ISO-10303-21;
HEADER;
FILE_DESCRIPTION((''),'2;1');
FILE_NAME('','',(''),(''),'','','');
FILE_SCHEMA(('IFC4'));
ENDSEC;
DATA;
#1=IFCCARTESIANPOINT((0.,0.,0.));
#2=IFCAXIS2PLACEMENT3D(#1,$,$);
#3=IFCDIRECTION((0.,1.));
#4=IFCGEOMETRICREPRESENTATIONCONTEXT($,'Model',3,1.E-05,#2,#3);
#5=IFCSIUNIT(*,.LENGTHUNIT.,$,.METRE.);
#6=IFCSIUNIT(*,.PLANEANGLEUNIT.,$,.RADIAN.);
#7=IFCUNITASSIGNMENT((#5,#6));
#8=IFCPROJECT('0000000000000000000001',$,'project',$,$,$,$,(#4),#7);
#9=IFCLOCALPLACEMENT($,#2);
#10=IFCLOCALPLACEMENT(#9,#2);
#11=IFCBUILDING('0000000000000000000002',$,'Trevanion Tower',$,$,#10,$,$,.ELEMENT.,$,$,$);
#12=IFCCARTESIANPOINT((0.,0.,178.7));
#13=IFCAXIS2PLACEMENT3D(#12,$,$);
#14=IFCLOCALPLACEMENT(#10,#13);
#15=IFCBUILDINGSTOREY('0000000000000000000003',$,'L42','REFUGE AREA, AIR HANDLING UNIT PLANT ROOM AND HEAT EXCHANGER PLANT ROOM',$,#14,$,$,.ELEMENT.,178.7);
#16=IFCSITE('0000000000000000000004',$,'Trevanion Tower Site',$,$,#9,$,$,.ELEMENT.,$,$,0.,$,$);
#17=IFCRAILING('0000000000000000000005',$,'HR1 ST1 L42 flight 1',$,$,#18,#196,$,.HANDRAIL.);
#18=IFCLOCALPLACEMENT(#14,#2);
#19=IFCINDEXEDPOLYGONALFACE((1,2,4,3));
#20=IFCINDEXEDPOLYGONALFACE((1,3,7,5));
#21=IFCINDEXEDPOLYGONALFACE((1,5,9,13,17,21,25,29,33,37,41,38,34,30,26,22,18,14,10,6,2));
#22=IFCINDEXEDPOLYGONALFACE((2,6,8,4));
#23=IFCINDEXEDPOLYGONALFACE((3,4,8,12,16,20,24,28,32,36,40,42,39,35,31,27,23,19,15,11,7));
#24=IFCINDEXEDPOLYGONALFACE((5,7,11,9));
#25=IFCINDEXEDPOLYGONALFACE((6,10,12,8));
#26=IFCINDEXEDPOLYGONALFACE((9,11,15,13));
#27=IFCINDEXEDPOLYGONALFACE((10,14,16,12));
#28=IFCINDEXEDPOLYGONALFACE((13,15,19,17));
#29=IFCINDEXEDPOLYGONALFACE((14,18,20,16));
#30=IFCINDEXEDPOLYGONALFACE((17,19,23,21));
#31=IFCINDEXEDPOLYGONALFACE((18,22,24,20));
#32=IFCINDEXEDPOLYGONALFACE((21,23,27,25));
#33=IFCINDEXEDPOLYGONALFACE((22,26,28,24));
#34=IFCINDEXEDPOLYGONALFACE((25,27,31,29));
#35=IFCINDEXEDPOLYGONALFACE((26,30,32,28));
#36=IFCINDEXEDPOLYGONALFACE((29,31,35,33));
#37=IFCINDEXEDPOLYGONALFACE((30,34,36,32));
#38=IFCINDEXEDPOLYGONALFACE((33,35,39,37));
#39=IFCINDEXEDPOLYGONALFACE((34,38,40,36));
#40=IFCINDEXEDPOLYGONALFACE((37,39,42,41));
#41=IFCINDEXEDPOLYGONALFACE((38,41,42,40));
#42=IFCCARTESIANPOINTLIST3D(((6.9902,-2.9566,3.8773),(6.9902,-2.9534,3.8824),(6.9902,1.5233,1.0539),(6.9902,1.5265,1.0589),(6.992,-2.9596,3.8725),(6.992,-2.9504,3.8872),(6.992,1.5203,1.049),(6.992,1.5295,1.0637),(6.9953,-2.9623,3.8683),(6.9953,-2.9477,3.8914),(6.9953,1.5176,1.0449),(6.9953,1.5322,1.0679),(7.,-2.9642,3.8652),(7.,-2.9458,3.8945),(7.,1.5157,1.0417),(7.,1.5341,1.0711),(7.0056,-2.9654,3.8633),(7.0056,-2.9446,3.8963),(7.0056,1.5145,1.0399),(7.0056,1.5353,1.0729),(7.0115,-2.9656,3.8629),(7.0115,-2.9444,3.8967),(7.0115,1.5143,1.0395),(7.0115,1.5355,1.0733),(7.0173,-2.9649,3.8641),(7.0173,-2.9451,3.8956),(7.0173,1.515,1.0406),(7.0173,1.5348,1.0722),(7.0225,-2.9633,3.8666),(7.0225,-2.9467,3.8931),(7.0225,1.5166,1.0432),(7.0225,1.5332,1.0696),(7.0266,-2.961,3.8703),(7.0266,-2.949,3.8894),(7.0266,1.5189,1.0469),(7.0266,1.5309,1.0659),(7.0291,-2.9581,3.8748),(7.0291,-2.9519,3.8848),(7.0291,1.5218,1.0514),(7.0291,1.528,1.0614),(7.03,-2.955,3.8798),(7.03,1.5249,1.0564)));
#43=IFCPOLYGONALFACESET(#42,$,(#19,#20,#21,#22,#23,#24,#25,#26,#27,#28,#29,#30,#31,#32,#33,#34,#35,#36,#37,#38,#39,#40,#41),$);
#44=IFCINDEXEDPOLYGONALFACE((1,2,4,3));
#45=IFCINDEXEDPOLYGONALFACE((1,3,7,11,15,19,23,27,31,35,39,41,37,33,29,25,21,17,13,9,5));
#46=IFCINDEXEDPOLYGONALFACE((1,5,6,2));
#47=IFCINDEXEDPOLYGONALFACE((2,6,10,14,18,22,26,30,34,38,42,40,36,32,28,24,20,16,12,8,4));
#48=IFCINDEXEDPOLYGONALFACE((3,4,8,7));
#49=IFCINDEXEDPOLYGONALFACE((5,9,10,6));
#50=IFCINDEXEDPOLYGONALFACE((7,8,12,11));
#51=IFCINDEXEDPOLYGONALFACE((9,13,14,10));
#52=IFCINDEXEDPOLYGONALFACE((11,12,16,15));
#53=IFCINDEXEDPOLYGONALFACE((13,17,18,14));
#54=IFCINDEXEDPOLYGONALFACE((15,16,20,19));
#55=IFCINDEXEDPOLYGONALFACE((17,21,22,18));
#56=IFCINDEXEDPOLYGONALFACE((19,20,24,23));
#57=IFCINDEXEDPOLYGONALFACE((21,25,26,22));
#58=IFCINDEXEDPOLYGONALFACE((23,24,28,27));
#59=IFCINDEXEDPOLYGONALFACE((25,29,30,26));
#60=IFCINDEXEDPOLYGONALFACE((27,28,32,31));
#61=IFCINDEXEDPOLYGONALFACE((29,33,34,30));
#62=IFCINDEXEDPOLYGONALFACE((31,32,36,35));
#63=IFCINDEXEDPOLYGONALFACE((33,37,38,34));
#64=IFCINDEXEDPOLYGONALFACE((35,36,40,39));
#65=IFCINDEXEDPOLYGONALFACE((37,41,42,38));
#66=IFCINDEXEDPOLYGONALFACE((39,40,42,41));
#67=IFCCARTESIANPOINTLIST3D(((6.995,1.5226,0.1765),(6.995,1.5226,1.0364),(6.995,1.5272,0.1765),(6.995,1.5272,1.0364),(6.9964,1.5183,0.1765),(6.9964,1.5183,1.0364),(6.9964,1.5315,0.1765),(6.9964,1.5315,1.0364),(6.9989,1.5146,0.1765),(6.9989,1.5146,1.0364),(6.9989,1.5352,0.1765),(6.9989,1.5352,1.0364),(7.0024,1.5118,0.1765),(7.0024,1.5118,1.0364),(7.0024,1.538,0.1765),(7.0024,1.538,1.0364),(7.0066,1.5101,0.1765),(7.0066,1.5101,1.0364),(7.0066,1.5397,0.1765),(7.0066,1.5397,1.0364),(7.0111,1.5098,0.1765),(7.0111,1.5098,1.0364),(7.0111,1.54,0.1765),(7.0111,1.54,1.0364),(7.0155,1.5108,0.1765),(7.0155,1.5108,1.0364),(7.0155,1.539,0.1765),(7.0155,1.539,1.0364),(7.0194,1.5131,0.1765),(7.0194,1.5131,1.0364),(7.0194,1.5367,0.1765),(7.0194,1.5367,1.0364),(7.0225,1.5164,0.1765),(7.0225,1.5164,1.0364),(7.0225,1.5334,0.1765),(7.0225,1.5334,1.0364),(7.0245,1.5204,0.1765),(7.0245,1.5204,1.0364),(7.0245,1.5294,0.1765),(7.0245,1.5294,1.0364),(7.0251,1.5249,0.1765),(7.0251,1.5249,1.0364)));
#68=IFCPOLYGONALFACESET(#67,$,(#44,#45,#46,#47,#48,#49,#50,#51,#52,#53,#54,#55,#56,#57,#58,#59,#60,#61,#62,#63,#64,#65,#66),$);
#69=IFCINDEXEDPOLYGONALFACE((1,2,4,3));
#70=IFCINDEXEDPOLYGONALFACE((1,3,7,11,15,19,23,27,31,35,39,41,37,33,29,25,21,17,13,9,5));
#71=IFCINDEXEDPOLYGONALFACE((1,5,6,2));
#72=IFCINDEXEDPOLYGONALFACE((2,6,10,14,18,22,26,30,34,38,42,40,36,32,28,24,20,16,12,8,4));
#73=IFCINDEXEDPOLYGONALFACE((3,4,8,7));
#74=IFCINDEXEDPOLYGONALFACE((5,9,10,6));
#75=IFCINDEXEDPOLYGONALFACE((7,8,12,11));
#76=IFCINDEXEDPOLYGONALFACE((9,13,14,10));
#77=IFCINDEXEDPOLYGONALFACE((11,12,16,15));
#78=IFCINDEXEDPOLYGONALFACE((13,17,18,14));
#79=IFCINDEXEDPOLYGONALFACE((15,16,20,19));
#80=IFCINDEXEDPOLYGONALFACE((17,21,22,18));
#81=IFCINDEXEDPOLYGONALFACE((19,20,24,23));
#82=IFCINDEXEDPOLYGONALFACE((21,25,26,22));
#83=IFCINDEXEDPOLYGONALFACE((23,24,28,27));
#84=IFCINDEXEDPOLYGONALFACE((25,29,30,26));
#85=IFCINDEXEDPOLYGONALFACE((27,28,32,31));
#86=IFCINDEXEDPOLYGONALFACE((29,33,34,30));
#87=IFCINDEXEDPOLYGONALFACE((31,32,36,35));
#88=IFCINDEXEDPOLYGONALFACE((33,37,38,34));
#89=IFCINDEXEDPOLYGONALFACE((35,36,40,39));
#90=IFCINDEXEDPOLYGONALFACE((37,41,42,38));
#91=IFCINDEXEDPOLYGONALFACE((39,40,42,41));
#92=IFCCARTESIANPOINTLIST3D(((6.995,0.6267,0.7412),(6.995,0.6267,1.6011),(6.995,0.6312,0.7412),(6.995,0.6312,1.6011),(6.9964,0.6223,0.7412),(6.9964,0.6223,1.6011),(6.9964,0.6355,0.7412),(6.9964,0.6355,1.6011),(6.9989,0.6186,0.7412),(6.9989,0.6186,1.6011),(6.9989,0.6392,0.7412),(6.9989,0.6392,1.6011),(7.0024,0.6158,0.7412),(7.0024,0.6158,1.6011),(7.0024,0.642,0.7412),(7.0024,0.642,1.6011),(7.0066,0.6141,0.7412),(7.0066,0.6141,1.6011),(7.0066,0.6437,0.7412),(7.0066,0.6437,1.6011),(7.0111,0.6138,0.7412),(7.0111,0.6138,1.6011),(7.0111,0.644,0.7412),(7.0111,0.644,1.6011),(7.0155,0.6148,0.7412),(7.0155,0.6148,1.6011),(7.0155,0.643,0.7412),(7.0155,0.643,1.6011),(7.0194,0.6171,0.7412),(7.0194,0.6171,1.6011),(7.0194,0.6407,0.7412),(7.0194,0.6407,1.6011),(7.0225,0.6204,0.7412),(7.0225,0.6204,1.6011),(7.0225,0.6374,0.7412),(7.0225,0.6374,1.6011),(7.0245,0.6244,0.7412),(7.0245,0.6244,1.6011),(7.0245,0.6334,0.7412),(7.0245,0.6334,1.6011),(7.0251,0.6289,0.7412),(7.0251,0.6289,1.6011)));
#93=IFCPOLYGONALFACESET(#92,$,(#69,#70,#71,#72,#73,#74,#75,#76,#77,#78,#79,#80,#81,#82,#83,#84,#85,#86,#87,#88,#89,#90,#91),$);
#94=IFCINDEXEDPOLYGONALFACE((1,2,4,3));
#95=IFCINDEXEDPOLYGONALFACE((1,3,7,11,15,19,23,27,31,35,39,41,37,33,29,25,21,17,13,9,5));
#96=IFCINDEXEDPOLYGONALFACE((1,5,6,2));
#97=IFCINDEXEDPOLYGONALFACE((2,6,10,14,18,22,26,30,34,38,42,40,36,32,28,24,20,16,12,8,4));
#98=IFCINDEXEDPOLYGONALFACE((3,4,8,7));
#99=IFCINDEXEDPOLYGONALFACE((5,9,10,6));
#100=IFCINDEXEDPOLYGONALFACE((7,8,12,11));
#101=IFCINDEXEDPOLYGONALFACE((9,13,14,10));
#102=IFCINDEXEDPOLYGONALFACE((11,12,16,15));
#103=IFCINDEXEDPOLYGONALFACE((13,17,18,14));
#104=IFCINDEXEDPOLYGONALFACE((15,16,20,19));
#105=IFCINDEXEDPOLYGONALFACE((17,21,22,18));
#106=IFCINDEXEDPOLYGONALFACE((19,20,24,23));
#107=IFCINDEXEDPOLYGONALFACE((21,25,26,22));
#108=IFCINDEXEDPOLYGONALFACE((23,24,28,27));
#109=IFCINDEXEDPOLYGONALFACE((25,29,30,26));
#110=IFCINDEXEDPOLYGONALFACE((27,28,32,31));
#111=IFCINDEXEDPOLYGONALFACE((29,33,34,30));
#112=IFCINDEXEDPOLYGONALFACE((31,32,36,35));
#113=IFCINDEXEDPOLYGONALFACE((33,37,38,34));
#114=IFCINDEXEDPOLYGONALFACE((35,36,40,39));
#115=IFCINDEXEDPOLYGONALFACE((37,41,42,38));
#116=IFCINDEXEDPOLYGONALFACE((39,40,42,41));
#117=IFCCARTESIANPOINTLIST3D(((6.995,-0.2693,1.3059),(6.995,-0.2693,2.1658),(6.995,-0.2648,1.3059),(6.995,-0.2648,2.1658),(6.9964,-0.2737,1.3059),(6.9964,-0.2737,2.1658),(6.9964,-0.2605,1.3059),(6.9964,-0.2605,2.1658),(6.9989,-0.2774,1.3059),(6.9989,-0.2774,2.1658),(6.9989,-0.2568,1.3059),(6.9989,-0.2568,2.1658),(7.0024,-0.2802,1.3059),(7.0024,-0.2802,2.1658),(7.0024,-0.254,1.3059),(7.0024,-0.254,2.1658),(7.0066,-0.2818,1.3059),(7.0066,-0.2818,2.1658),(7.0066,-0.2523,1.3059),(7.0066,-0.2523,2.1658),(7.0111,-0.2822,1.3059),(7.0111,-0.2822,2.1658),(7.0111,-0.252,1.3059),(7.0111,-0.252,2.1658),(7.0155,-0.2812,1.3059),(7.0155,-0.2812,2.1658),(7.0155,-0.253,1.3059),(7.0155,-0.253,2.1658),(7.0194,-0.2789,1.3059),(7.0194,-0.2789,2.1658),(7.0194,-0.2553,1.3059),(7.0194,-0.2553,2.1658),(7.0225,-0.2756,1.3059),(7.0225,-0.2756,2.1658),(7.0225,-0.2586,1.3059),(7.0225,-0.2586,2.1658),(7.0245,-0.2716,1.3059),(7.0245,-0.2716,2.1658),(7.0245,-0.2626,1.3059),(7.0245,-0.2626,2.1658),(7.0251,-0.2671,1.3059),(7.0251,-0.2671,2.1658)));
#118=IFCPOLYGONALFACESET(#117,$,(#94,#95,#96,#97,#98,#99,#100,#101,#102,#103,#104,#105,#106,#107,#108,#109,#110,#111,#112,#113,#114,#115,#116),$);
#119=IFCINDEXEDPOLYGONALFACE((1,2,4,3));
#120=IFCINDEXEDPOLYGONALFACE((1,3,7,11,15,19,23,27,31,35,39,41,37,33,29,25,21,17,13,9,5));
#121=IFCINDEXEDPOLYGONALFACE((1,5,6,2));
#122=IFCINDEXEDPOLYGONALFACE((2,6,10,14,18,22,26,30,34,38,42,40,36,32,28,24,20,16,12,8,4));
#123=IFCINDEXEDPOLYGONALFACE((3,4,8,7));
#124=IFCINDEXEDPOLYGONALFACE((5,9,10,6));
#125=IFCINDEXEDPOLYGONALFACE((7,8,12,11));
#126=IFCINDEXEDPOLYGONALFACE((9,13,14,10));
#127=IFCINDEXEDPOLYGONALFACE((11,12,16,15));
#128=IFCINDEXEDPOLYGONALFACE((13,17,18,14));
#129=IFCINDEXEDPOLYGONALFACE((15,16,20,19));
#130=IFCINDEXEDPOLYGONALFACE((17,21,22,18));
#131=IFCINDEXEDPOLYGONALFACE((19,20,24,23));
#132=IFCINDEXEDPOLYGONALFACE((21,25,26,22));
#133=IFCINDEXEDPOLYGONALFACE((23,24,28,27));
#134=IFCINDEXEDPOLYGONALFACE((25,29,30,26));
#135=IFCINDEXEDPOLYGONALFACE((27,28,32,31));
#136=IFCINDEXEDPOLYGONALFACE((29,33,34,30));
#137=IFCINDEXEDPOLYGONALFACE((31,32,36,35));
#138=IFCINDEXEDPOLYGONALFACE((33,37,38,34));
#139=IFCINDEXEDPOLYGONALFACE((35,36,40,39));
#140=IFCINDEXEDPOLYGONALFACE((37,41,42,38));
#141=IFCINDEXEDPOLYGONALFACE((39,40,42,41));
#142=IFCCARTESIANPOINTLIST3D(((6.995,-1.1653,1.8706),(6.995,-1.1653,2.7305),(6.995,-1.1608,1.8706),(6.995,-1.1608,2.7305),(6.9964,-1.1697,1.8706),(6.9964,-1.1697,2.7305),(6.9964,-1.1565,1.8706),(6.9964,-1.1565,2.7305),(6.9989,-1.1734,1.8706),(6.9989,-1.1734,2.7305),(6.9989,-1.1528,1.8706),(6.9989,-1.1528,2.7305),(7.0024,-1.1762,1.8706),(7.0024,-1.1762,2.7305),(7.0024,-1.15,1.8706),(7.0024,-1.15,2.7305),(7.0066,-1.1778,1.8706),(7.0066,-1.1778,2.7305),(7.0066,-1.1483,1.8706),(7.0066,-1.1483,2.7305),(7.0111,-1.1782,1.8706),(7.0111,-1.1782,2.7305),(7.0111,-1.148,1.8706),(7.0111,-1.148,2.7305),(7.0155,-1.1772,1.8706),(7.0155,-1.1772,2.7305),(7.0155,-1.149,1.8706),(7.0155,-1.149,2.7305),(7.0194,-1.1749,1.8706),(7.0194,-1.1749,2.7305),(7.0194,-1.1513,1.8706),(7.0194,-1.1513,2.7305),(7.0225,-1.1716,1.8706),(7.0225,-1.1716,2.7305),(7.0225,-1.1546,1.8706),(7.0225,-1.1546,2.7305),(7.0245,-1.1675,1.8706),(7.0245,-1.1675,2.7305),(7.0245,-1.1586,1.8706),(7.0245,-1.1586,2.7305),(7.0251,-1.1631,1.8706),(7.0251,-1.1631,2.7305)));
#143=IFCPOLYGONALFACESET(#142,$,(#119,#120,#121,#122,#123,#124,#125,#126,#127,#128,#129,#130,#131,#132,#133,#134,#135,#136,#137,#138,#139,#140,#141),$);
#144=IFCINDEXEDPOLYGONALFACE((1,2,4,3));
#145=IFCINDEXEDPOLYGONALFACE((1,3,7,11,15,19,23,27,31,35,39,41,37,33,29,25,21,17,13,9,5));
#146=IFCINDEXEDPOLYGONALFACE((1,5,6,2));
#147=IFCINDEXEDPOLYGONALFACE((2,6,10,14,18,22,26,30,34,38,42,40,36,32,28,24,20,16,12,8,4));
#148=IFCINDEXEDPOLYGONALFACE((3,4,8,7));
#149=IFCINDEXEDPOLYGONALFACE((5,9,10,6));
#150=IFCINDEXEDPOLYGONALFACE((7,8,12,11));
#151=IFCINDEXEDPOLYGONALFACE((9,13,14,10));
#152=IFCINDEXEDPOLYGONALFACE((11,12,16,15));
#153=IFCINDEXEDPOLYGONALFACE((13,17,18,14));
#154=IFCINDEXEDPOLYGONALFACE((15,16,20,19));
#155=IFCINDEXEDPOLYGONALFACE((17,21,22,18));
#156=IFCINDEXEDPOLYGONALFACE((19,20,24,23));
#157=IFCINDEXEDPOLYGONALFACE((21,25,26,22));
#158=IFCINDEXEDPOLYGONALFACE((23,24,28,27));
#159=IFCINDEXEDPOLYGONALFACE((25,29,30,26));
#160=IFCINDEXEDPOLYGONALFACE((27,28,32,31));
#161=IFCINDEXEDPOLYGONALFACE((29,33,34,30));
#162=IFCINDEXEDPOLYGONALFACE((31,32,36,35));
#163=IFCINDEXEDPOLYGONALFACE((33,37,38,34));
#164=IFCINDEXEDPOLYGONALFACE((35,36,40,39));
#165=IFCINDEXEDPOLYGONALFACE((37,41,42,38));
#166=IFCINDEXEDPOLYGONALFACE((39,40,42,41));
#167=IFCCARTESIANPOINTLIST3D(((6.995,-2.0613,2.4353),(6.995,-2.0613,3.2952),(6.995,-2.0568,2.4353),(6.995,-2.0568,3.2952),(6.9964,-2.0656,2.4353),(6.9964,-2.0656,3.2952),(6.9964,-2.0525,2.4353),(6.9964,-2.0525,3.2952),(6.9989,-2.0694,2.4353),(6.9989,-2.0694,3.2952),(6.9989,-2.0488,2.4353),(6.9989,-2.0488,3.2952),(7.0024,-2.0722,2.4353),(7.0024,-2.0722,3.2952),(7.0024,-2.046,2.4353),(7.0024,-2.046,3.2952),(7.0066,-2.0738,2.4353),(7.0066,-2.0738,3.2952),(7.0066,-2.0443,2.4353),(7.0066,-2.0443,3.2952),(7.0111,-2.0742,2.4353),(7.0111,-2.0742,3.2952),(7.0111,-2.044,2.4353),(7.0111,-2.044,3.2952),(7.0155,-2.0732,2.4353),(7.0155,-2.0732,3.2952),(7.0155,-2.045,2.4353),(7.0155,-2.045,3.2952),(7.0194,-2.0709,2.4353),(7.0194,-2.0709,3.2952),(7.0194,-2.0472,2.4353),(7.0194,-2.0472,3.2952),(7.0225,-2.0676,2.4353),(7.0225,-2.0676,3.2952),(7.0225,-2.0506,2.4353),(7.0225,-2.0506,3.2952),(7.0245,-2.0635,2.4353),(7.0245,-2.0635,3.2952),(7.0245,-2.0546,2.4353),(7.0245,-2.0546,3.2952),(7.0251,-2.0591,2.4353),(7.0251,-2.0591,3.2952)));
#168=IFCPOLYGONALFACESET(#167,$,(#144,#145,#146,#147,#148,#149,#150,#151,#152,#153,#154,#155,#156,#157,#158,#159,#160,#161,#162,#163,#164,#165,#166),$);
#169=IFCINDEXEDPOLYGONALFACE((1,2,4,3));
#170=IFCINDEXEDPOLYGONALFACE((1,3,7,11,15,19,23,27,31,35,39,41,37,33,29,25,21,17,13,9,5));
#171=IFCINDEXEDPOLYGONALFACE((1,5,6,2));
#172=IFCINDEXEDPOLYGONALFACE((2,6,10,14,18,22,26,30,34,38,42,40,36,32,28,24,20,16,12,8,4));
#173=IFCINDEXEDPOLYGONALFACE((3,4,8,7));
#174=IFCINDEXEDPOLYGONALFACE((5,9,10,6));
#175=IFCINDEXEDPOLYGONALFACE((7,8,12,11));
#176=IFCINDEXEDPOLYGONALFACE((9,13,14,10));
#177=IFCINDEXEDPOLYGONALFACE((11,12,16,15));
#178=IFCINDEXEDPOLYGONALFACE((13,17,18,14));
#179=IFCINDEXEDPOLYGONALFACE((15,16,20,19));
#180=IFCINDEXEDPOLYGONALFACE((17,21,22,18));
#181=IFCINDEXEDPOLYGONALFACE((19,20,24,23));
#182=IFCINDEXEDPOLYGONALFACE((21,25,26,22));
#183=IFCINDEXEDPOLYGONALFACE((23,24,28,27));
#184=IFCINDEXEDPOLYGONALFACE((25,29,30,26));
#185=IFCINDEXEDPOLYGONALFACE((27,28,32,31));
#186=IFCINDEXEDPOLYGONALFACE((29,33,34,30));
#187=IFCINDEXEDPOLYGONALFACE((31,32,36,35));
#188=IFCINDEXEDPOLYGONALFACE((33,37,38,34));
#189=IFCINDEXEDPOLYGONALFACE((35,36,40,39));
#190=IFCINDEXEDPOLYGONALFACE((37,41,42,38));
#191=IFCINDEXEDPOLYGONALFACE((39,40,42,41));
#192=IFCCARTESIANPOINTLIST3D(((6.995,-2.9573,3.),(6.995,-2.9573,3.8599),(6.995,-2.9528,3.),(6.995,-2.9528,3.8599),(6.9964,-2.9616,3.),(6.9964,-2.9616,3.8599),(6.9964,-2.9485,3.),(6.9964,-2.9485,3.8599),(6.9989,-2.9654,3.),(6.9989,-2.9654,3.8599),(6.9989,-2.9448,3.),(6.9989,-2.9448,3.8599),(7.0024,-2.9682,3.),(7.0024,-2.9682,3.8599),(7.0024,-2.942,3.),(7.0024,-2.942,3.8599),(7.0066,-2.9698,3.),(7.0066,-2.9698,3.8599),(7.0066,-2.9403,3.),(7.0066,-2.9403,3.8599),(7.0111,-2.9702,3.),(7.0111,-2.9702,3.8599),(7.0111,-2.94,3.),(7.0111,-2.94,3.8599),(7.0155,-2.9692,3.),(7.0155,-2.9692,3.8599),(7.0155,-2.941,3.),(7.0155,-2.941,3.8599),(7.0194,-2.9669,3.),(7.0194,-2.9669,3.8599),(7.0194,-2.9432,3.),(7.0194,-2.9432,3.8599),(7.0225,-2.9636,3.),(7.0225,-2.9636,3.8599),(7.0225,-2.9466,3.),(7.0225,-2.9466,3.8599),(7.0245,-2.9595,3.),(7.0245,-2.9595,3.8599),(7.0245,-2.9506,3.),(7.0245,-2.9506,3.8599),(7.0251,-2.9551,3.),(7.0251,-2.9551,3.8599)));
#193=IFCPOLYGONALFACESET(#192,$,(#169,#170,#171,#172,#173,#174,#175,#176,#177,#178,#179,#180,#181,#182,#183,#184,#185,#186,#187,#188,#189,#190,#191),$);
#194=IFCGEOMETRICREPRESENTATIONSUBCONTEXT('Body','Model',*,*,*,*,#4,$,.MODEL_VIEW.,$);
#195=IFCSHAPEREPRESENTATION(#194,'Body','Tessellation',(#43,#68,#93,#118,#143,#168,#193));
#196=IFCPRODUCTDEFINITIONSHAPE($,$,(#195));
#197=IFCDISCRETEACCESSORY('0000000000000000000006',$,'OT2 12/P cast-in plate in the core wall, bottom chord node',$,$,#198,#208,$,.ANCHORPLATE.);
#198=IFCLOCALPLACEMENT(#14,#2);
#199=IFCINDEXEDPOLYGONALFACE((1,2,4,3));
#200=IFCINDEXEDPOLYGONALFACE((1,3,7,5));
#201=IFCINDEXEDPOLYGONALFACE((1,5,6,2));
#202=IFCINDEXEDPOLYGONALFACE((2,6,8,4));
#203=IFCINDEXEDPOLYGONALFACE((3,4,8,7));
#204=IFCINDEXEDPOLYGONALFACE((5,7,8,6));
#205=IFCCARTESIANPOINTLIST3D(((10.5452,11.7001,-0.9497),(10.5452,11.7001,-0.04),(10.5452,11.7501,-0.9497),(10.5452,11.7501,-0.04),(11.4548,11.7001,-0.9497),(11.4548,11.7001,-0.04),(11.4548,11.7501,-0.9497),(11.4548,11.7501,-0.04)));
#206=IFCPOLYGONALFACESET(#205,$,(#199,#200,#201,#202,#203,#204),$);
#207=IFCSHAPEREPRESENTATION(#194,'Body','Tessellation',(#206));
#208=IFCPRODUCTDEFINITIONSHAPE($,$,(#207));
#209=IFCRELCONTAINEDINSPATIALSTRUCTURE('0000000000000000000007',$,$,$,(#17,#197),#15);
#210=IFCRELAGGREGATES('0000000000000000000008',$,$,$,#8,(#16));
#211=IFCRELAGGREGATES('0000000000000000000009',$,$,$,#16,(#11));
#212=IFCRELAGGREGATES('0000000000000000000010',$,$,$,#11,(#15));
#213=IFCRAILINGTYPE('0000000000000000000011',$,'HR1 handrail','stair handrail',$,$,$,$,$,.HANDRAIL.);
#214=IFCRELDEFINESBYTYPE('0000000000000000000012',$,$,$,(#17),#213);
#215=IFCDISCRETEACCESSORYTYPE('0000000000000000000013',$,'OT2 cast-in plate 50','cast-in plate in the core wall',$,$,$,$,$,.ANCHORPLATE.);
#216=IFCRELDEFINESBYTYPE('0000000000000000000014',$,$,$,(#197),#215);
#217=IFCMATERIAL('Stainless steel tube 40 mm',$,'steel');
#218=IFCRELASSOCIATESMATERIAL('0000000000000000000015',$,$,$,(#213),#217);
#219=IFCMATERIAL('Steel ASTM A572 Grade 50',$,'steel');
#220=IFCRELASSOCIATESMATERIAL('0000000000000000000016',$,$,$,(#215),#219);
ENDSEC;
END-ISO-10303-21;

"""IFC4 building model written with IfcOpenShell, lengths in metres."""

from ifc_helpers import new_model, si_unit, direction, frame, origin, origin_2d, place, context, subcontext, project, spatial, rectangle, circle, extrude, material, type_object, element, save


model = new_model("IFC4")

# Units and contexts
model_context = context("Model", 3, precision=1e-05, world=origin(), true_north=direction((0.0, 1.0)))
body_context = subcontext(model_context, "Body", "Model", "MODEL_VIEW")
ifc_project = project(units=[si_unit("LENGTHUNIT", "METRE"), si_unit("PLANEANGLEUNIT", "RADIAN")], contexts=[model_context])

# Site, building, storey
site_placement = place(None, origin())
site = spatial("IfcSite", under=ifc_project, at=site_placement, Name="Trevanion Tower Site", CompositionType="ELEMENT", RefElevation=0.0)
building_placement = place(site_placement, origin())
building = spatial("IfcBuilding", under=site, at=building_placement, Name="Trevanion Tower", CompositionType="ELEMENT")
storey_placement = place(building_placement, frame((0.0, 0.0, 178.7)))
storey = spatial("IfcBuildingStorey", under=building, at=storey_placement, Name="L42", Description="REFUGE AREA, AIR HANDLING UNIT PLANT ROOM AND HEAT EXCHANGER PLANT ROOM", CompositionType="ELEMENT", Elevation=178.7)

# Railing
ifc_material_1 = material(Name="Stainless steel tube 40 mm", Category="steel")
railing_type = type_object("IfcRailingType", Name="HR1 handrail", Description="stair handrail", PredefinedType="HANDRAIL", material=ifc_material_1)
for number, where, name in (
    (1, (7.01, 1.5249, 0.1765), "HR1 ST1 L42 flight 1"),
):
    element("IfcRailing", number, at=place(storey_placement, frame(where)), inside=storey, type_object=railing_type, Name=name, PredefinedType="HANDRAIL", context=body_context, shape_type="SweptSolid", body=[
        extrude(circle(Radius=0.02, at=origin_2d()), frame((0.0, 0.0, 0.8799), z_axis=(0.0, -0.845998, 0.533186), x_axis=(1.0, 0.0, 0.0)), (0.0, 0.0, 1.0), 5.2954),
        extrude(circle(Radius=0.0151, at=origin_2d()), origin(), (0.0, 0.0, 1.0), 0.8599),
        extrude(circle(Radius=0.0151, at=origin_2d()), frame((0.0, -0.896, 0.5647)), (0.0, 0.0, 1.0), 0.8599),
        extrude(circle(Radius=0.0151, at=origin_2d()), frame((0.0, -1.792, 1.1294)), (0.0, 0.0, 1.0), 0.8599),
        extrude(circle(Radius=0.0151, at=origin_2d()), frame((0.0, -2.688, 1.6941)), (0.0, 0.0, 1.0), 0.8599),
        extrude(circle(Radius=0.0151, at=origin_2d()), frame((0.0, -3.584, 2.2588)), (0.0, 0.0, 1.0), 0.8599),
        extrude(circle(Radius=0.0151, at=origin_2d()), frame((0.0, -4.48, 2.8235)), (0.0, 0.0, 1.0), 0.8599),
    ])

# Discrete accessory
ifc_material_2 = material(Name="Steel ASTM A572 Grade 50", Category="steel")
discrete_accessory_type = type_object("IfcDiscreteAccessoryType", Name="OT2 cast-in plate 50", Description="cast-in plate in the core wall", PredefinedType="ANCHORPLATE", material=ifc_material_2)
for number, where, z_axis, x_axis, name in (
    (2, (11.0, 11.7251, -0.9497), (0.0, 0.0, 1.0), (0.0, 1.0, 0.0), "OT2 12/P cast-in plate in the core wall, bottom chord node"),
):
    element("IfcDiscreteAccessory", number, at=place(storey_placement, frame(where, z_axis=z_axis, x_axis=x_axis)), inside=storey, type_object=discrete_accessory_type, Name=name, PredefinedType="ANCHORPLATE", context=body_context, shape_type="SweptSolid", body=[
        extrude(rectangle(XDim=0.05, YDim=0.9097, at=origin_2d()), origin(), (0.0, 0.0, 1.0), 0.9097),
    ])

save(model, "model.ifc")
